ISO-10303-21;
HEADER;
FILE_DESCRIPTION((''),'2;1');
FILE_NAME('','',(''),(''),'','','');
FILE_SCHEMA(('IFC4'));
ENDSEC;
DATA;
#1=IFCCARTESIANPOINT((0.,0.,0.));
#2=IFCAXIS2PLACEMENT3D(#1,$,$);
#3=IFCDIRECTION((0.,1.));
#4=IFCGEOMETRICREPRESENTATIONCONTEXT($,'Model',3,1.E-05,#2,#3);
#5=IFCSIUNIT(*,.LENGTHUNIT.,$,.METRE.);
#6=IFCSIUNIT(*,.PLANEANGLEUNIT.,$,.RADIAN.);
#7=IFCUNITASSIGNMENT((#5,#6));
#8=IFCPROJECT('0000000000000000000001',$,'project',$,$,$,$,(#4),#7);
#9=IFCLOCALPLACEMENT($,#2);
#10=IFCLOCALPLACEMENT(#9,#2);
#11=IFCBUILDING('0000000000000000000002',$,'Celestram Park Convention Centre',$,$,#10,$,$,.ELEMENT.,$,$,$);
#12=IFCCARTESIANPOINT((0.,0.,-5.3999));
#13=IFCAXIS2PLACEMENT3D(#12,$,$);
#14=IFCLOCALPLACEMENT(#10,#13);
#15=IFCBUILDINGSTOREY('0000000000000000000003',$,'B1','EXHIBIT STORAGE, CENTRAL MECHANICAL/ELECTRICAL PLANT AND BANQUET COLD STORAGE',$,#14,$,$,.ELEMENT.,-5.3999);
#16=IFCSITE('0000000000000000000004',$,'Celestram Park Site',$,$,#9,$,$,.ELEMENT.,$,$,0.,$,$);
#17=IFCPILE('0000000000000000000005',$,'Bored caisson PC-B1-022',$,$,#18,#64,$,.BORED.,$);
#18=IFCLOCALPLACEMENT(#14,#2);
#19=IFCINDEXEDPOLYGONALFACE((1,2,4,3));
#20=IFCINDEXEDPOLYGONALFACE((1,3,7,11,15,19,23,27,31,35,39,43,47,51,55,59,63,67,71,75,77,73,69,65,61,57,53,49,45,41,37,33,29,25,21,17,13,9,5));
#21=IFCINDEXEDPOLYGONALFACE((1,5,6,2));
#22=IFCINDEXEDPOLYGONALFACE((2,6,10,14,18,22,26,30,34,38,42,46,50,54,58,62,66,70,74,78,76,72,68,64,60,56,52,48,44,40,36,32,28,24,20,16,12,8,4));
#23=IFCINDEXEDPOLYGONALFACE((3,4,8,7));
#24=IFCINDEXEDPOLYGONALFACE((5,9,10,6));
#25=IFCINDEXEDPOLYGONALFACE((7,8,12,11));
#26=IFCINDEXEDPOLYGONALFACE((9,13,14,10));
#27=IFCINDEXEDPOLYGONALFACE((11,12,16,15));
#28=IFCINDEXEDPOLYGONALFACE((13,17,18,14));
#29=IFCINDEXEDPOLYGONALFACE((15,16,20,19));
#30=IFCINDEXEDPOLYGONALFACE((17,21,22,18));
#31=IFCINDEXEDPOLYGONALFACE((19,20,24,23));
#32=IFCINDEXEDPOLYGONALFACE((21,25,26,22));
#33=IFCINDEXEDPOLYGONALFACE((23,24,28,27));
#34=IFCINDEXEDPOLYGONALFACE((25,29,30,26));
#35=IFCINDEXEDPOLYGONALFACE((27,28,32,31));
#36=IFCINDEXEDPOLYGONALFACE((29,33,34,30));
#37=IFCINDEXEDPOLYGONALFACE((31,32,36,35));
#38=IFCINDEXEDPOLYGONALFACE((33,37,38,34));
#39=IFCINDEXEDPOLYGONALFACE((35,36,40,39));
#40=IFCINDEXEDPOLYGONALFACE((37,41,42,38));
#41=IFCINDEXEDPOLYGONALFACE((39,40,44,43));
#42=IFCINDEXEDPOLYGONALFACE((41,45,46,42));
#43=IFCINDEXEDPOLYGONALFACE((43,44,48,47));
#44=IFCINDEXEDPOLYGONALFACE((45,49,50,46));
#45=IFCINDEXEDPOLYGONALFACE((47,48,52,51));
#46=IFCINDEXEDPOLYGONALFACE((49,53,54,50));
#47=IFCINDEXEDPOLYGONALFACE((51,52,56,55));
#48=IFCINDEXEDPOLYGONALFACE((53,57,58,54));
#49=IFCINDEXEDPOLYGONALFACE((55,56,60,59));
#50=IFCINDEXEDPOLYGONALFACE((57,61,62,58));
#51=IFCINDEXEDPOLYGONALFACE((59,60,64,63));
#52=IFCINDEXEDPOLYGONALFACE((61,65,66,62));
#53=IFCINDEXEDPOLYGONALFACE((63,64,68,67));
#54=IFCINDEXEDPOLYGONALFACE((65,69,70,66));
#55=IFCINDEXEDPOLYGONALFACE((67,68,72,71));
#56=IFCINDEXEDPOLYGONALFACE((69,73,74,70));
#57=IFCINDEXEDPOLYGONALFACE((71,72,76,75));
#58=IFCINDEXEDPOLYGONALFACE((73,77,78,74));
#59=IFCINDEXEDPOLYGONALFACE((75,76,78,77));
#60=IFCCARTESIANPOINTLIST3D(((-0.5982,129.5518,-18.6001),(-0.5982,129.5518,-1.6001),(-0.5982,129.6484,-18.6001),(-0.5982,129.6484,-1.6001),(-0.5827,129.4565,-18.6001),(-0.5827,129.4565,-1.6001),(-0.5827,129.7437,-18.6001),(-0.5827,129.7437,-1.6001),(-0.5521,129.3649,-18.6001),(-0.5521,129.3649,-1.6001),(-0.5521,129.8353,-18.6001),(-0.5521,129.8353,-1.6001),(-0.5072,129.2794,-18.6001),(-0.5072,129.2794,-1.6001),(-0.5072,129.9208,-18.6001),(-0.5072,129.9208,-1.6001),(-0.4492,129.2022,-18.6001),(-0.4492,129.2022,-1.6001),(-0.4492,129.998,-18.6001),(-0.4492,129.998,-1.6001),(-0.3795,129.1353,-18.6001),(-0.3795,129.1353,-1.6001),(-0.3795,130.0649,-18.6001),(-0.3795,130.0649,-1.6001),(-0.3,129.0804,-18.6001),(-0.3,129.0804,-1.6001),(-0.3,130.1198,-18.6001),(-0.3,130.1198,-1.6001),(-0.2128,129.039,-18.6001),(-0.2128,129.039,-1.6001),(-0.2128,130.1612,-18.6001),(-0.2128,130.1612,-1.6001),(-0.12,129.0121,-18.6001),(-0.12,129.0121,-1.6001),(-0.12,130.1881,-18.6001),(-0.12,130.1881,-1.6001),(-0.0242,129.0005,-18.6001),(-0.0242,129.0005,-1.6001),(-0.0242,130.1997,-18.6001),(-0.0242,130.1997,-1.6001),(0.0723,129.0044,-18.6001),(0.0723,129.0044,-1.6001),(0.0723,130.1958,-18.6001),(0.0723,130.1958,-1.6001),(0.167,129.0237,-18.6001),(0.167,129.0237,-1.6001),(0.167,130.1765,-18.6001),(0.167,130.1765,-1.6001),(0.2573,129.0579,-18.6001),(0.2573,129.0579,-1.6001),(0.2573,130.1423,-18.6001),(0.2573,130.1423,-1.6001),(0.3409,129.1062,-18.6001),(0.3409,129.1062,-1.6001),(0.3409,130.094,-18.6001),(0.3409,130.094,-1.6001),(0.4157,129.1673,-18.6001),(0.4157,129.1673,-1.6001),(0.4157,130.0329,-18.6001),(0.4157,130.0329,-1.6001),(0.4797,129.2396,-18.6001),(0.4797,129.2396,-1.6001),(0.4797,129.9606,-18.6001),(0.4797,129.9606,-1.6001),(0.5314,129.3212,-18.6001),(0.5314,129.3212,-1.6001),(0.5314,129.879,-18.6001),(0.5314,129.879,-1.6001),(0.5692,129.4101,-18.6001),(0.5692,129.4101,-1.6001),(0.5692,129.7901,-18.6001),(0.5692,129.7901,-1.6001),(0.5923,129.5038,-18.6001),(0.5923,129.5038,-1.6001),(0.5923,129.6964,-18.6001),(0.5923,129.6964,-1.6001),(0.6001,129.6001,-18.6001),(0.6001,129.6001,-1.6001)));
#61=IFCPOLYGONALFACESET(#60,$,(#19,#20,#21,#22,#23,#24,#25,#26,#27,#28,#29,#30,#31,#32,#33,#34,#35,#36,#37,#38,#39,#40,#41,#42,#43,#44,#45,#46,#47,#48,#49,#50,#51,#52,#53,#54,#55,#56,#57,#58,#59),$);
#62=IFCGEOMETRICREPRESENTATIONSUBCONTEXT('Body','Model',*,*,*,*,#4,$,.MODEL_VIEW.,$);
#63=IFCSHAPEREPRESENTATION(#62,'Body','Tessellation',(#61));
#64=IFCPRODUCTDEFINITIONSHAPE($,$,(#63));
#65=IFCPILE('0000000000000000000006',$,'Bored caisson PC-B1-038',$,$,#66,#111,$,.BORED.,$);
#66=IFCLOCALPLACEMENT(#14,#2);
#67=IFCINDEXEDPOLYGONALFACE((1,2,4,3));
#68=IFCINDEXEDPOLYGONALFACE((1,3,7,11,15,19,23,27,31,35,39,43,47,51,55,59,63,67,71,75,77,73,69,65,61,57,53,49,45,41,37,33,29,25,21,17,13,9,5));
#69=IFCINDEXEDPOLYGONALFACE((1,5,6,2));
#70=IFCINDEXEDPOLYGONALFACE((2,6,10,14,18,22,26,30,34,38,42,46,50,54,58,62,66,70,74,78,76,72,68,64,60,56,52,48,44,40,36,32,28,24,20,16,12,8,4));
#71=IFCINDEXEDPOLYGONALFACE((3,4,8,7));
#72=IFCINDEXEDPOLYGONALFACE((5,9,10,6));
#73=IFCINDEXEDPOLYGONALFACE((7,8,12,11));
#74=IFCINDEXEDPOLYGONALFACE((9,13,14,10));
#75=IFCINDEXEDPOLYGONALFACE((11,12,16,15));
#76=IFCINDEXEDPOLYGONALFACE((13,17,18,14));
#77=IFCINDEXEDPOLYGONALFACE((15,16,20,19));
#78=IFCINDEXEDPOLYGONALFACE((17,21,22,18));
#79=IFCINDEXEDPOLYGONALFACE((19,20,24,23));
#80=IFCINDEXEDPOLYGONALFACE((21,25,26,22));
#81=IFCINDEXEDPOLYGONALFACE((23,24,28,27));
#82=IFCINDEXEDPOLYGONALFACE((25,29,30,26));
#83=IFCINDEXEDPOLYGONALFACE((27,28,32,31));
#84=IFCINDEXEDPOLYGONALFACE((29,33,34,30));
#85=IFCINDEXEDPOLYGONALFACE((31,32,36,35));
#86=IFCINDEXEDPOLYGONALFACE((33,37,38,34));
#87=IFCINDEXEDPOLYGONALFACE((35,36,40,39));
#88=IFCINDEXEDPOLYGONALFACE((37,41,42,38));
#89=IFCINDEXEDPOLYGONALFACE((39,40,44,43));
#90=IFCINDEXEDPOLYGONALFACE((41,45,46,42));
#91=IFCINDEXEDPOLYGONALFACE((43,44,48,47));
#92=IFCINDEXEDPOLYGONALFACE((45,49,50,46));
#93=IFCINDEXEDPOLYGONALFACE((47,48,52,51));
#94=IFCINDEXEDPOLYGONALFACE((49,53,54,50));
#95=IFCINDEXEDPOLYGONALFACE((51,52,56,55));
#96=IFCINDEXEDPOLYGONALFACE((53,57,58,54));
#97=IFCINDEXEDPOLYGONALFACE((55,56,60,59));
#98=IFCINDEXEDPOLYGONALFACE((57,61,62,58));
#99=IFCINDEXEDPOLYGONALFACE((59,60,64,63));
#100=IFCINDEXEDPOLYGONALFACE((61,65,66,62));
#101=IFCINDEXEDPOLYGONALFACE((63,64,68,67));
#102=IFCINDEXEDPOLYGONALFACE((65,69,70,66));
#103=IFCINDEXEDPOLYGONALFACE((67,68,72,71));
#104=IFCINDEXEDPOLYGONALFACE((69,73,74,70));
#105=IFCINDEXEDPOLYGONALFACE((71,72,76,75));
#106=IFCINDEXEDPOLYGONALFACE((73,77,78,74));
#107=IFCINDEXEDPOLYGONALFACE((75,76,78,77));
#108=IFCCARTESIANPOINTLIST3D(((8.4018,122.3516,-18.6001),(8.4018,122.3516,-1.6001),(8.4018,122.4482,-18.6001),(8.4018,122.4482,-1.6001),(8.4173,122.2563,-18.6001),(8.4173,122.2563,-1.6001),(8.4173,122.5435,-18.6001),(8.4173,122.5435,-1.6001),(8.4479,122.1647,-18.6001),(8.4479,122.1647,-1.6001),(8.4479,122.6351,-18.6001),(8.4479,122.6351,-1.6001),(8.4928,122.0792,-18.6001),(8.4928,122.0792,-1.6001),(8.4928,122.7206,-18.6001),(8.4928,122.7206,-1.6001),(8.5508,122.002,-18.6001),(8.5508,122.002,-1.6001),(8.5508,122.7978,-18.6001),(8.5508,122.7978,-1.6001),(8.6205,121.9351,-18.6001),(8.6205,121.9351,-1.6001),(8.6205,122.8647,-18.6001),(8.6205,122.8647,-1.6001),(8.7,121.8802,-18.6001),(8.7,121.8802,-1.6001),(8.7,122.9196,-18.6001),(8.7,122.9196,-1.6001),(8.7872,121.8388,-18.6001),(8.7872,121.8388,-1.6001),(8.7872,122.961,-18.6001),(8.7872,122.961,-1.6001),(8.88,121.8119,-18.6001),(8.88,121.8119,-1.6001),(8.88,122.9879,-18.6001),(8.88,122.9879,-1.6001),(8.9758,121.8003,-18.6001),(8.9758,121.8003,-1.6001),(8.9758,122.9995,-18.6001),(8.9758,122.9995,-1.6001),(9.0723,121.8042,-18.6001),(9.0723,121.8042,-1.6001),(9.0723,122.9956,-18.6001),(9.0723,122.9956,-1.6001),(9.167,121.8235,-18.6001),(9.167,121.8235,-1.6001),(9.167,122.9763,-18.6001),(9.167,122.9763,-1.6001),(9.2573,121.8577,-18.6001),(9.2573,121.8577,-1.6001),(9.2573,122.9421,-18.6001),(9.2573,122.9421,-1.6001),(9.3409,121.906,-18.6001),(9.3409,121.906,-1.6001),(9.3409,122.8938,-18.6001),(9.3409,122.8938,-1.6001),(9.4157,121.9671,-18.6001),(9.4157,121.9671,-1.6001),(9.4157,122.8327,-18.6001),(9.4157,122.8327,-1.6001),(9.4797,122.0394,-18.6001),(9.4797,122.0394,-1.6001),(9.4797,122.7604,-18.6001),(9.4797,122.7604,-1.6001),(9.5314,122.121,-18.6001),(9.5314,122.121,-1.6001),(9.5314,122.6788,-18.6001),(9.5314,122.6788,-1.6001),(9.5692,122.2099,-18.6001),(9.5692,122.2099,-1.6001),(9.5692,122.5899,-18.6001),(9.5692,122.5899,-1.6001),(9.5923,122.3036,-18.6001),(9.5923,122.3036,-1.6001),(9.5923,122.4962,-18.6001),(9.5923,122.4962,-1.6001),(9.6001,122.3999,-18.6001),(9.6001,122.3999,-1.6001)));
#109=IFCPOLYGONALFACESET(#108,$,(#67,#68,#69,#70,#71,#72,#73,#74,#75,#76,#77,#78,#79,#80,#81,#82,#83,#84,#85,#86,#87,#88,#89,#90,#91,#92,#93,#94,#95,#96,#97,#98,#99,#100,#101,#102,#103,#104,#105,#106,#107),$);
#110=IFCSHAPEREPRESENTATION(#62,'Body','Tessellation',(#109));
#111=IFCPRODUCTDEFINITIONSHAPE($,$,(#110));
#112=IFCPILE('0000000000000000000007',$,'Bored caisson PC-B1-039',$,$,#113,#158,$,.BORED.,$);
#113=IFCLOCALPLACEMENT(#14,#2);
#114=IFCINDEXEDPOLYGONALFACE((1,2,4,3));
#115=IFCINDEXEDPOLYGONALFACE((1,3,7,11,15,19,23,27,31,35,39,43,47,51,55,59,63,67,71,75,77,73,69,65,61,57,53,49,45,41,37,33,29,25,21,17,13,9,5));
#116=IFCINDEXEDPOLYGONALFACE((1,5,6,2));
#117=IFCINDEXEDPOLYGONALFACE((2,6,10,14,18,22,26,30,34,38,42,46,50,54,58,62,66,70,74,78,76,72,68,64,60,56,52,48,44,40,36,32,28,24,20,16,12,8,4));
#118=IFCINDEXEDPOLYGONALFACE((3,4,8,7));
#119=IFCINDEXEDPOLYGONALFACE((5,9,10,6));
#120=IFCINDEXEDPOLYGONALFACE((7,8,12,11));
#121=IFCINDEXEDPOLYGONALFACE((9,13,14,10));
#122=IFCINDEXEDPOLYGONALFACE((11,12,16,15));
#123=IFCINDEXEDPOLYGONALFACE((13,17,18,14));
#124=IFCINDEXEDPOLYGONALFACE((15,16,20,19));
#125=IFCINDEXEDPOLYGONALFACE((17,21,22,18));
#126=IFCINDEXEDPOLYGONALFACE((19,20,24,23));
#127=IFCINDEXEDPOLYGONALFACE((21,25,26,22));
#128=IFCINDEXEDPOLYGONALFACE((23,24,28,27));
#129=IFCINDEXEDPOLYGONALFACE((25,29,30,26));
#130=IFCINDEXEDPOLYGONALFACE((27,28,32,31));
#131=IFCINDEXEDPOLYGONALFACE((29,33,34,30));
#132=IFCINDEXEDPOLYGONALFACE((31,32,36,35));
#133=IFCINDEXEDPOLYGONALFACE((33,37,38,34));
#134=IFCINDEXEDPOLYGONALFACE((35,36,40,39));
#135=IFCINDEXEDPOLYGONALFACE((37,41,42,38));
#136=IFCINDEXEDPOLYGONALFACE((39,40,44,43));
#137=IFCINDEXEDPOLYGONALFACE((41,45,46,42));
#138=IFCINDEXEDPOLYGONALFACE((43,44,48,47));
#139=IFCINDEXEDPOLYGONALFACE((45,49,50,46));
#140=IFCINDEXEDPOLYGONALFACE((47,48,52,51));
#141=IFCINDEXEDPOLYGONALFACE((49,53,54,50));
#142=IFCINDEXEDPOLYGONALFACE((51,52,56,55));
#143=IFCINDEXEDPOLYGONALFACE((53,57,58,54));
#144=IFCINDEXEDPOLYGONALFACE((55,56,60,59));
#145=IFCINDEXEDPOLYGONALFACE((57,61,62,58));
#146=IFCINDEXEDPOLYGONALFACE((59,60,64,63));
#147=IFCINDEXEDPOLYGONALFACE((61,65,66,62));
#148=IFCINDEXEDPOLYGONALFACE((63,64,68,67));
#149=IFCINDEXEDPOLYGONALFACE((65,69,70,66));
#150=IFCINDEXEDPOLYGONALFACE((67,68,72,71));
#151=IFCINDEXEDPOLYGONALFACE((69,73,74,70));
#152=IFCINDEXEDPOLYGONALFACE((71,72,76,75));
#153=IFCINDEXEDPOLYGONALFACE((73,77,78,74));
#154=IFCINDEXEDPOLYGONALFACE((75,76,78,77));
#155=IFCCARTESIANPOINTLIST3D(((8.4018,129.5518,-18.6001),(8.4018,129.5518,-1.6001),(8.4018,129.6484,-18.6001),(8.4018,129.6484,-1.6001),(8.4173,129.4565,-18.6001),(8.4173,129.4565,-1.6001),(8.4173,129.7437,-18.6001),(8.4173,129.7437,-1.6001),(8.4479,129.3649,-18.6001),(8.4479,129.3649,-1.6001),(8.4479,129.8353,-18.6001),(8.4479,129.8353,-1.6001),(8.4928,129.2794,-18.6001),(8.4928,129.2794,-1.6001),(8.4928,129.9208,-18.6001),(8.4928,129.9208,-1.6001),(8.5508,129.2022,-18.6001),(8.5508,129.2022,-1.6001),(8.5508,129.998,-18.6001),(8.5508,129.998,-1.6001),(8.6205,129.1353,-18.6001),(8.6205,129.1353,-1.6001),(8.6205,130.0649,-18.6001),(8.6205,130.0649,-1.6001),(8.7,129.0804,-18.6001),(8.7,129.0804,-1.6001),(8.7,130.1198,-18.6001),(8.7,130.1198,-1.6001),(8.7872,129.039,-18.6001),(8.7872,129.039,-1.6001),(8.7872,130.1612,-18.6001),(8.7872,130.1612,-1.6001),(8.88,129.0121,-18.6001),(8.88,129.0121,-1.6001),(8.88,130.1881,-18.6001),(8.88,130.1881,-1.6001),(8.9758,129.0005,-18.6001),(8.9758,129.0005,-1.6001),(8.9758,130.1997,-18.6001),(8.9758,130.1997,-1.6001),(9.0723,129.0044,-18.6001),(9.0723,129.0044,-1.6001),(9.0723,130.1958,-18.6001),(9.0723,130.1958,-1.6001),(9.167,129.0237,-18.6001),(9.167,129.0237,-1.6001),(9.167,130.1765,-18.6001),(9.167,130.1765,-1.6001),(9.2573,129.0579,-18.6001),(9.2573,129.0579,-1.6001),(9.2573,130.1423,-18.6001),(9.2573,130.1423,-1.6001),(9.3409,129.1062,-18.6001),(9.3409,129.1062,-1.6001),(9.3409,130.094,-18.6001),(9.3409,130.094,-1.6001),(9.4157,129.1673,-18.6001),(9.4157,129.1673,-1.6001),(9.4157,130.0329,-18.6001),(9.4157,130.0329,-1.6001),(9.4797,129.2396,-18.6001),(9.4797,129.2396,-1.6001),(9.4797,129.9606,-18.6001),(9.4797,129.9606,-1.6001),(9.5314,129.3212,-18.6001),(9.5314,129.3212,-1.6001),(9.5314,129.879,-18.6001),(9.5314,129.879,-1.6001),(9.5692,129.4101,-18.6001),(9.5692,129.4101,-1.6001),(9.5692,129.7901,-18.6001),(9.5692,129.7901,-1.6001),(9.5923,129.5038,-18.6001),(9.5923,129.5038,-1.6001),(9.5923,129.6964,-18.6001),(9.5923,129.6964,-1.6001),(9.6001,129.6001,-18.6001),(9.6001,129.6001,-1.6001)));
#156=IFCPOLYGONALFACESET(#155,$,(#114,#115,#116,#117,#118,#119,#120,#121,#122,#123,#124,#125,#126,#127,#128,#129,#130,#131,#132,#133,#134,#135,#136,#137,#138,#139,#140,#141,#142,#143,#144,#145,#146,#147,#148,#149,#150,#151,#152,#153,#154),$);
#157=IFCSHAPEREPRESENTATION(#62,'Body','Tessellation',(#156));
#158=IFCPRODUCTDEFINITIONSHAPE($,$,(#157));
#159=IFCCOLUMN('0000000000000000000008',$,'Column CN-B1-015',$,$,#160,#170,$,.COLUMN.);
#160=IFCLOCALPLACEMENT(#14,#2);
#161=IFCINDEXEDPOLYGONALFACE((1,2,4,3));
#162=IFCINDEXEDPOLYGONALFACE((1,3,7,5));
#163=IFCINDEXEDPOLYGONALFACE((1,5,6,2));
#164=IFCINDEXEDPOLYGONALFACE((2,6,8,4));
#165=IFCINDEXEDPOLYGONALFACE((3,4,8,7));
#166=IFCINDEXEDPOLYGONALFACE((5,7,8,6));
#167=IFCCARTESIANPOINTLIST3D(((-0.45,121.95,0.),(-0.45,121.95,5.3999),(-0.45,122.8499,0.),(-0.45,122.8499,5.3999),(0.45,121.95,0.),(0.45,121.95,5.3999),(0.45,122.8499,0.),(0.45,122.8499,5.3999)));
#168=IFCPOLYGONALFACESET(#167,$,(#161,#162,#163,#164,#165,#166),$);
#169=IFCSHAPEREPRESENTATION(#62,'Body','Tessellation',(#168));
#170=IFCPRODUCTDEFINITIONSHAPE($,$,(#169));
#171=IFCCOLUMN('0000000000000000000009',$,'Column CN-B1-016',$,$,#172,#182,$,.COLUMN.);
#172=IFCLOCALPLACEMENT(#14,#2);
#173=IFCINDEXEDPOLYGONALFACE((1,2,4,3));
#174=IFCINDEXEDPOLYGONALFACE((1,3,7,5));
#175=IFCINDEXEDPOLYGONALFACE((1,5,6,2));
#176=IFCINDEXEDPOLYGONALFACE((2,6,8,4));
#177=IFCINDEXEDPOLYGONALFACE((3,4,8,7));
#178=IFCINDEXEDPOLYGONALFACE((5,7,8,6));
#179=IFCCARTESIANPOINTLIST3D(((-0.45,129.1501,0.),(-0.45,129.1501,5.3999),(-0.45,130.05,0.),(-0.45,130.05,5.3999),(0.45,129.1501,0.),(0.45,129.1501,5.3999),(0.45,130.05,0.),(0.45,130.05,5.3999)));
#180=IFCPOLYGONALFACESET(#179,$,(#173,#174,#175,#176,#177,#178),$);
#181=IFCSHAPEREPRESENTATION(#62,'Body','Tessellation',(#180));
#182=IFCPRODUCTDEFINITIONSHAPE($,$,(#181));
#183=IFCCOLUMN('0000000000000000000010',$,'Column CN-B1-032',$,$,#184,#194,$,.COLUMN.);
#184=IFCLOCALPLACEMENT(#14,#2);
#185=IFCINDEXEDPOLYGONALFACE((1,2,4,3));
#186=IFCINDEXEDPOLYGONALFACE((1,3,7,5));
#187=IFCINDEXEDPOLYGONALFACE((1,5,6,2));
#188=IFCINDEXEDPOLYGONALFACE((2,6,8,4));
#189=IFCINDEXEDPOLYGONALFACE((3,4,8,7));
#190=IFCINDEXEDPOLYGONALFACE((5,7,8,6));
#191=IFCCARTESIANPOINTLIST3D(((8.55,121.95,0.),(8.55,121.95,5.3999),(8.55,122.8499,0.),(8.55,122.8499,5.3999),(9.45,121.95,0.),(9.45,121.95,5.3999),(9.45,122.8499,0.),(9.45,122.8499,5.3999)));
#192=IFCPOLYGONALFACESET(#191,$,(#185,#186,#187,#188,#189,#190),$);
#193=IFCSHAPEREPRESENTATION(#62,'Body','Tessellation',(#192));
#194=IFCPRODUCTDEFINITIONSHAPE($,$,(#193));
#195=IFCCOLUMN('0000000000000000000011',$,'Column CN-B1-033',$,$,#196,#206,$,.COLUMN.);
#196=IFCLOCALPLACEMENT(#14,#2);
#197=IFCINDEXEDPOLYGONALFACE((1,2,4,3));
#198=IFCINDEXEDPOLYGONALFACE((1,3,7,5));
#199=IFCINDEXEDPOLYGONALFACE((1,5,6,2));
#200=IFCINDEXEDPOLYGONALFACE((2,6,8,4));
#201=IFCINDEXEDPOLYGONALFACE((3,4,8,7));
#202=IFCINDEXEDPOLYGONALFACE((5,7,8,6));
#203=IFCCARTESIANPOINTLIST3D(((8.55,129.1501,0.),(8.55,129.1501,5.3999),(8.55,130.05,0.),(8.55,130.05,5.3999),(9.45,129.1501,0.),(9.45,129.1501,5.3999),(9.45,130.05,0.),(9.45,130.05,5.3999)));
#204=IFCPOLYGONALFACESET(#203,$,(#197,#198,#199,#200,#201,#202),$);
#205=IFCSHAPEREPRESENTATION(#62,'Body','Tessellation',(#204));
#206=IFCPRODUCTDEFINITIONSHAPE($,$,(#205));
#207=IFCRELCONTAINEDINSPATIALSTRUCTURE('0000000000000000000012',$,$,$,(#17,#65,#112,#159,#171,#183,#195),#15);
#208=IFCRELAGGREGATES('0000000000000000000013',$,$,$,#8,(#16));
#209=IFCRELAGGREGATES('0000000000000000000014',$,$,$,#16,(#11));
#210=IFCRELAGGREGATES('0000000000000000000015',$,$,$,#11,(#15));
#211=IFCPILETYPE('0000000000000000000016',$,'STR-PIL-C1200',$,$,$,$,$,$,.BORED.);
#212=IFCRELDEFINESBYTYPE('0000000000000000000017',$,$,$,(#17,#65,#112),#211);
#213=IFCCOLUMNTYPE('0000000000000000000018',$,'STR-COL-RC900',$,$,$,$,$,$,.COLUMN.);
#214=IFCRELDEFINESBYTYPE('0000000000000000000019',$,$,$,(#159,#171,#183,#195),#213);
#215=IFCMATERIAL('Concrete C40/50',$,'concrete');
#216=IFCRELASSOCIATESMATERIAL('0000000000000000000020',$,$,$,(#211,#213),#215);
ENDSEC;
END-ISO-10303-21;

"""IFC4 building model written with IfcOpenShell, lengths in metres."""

from ifc_helpers import new_model, si_unit, direction, frame, origin, origin_2d, place, context, subcontext, project, spatial, rectangle, circle, extrude, material, material_profile, profile_set, type_object, element, save


model = new_model("IFC4")

# Units and contexts
model_context = context("Model", 3, precision=1e-05, world=origin(), true_north=direction((0.0, 1.0)))
body_context = subcontext(model_context, "Body", "Model", "MODEL_VIEW")
ifc_project = project(units=[si_unit("LENGTHUNIT", "METRE"), si_unit("PLANEANGLEUNIT", "RADIAN")], contexts=[model_context])

# Site, building, storey
site_placement = place(None, origin())
site = spatial("IfcSite", under=ifc_project, at=site_placement, Name="Celestram Park Site", CompositionType="ELEMENT", RefElevation=0.0)
building_placement = place(site_placement, origin())
building = spatial("IfcBuilding", under=site, at=building_placement, Name="Celestram Park Convention Centre", CompositionType="ELEMENT")
storey_placement = place(building_placement, frame((0.0, 0.0, -5.3999)))
storey = spatial("IfcBuildingStorey", under=building, at=storey_placement, Name="B1", Description="EXHIBIT STORAGE, CENTRAL MECHANICAL/ELECTRICAL PLANT AND BANQUET COLD STORAGE", CompositionType="ELEMENT", Elevation=-5.3999)

# Shared definitions
ifc_material_1 = material(Name="Concrete C40/50", Category="concrete")

# Piles
ifc_material_profile_1 = material_profile(ifc_material_1, circle(Radius=0.6001, at=origin_2d()), Name="CAISSON1200")
ifc_profile_set_1 = profile_set([ifc_material_profile_1], Name="Concrete C40/50")
pile_type = type_object("IfcPileType", Name="STR-PIL-C1200", PredefinedType="BORED", material=ifc_profile_set_1)
for number, where, z_axis, x_axis, name in (
    (1, (0.0, 129.6001, -1.6001), (0.0, 0.0, -1.0), (1.0, 0.0, 0.0), "Bored caisson PC-B1-022"),
    (2, (9.0, 122.3999, -1.6001), (0.0, 0.0, -1.0), (1.0, 0.0, 0.0), "Bored caisson PC-B1-038"),
    (3, (9.0, 129.6001, -1.6001), (0.0, 0.0, -1.0), (1.0, 0.0, 0.0), "Bored caisson PC-B1-039"),
):
    element("IfcPile", number, at=place(storey_placement, frame(where, z_axis=z_axis, x_axis=x_axis)), inside=storey, type_object=pile_type, Name=name, PredefinedType="BORED", context=body_context, shape_type="SweptSolid", body=[
        extrude(circle(Radius=0.6001, at=origin_2d()), origin(), (0.0, 0.0, 1.0), 17.0),
    ])

# Columns
ifc_material_profile_2 = material_profile(ifc_material_1, rectangle(XDim=0.8999, YDim=0.8999, at=origin_2d()), Name="RC900X900")
ifc_profile_set_2 = profile_set([ifc_material_profile_2], Name="Concrete C40/50")
column_type = type_object("IfcColumnType", Name="STR-COL-RC900", PredefinedType="COLUMN", material=ifc_profile_set_2)
for number, where, z_axis, x_axis, name in (
    (4, (0.0, 122.3999, 0.0), (0.0, 0.0, 1.0), (1.0, 0.0, 0.0), "Column CN-B1-015"),
    (5, (0.0, 129.6001, 0.0), (0.0, 0.0, 1.0), (1.0, 0.0, 0.0), "Column CN-B1-016"),
    (6, (9.0, 122.3999, 0.0), (0.0, 0.0, 1.0), (1.0, 0.0, 0.0), "Column CN-B1-032"),
    (7, (9.0, 129.6001, 0.0), (0.0, 0.0, 1.0), (1.0, 0.0, 0.0), "Column CN-B1-033"),
):
    element("IfcColumn", number, at=place(storey_placement, frame(where, z_axis=z_axis, x_axis=x_axis)), inside=storey, type_object=column_type, Name=name, PredefinedType="COLUMN", context=body_context, shape_type="SweptSolid", body=[
        extrude(rectangle(XDim=0.8999, YDim=0.8999, at=origin_2d()), origin(), (0.0, 0.0, 1.0), 5.3999),
    ])

save(model, "model.ifc")
